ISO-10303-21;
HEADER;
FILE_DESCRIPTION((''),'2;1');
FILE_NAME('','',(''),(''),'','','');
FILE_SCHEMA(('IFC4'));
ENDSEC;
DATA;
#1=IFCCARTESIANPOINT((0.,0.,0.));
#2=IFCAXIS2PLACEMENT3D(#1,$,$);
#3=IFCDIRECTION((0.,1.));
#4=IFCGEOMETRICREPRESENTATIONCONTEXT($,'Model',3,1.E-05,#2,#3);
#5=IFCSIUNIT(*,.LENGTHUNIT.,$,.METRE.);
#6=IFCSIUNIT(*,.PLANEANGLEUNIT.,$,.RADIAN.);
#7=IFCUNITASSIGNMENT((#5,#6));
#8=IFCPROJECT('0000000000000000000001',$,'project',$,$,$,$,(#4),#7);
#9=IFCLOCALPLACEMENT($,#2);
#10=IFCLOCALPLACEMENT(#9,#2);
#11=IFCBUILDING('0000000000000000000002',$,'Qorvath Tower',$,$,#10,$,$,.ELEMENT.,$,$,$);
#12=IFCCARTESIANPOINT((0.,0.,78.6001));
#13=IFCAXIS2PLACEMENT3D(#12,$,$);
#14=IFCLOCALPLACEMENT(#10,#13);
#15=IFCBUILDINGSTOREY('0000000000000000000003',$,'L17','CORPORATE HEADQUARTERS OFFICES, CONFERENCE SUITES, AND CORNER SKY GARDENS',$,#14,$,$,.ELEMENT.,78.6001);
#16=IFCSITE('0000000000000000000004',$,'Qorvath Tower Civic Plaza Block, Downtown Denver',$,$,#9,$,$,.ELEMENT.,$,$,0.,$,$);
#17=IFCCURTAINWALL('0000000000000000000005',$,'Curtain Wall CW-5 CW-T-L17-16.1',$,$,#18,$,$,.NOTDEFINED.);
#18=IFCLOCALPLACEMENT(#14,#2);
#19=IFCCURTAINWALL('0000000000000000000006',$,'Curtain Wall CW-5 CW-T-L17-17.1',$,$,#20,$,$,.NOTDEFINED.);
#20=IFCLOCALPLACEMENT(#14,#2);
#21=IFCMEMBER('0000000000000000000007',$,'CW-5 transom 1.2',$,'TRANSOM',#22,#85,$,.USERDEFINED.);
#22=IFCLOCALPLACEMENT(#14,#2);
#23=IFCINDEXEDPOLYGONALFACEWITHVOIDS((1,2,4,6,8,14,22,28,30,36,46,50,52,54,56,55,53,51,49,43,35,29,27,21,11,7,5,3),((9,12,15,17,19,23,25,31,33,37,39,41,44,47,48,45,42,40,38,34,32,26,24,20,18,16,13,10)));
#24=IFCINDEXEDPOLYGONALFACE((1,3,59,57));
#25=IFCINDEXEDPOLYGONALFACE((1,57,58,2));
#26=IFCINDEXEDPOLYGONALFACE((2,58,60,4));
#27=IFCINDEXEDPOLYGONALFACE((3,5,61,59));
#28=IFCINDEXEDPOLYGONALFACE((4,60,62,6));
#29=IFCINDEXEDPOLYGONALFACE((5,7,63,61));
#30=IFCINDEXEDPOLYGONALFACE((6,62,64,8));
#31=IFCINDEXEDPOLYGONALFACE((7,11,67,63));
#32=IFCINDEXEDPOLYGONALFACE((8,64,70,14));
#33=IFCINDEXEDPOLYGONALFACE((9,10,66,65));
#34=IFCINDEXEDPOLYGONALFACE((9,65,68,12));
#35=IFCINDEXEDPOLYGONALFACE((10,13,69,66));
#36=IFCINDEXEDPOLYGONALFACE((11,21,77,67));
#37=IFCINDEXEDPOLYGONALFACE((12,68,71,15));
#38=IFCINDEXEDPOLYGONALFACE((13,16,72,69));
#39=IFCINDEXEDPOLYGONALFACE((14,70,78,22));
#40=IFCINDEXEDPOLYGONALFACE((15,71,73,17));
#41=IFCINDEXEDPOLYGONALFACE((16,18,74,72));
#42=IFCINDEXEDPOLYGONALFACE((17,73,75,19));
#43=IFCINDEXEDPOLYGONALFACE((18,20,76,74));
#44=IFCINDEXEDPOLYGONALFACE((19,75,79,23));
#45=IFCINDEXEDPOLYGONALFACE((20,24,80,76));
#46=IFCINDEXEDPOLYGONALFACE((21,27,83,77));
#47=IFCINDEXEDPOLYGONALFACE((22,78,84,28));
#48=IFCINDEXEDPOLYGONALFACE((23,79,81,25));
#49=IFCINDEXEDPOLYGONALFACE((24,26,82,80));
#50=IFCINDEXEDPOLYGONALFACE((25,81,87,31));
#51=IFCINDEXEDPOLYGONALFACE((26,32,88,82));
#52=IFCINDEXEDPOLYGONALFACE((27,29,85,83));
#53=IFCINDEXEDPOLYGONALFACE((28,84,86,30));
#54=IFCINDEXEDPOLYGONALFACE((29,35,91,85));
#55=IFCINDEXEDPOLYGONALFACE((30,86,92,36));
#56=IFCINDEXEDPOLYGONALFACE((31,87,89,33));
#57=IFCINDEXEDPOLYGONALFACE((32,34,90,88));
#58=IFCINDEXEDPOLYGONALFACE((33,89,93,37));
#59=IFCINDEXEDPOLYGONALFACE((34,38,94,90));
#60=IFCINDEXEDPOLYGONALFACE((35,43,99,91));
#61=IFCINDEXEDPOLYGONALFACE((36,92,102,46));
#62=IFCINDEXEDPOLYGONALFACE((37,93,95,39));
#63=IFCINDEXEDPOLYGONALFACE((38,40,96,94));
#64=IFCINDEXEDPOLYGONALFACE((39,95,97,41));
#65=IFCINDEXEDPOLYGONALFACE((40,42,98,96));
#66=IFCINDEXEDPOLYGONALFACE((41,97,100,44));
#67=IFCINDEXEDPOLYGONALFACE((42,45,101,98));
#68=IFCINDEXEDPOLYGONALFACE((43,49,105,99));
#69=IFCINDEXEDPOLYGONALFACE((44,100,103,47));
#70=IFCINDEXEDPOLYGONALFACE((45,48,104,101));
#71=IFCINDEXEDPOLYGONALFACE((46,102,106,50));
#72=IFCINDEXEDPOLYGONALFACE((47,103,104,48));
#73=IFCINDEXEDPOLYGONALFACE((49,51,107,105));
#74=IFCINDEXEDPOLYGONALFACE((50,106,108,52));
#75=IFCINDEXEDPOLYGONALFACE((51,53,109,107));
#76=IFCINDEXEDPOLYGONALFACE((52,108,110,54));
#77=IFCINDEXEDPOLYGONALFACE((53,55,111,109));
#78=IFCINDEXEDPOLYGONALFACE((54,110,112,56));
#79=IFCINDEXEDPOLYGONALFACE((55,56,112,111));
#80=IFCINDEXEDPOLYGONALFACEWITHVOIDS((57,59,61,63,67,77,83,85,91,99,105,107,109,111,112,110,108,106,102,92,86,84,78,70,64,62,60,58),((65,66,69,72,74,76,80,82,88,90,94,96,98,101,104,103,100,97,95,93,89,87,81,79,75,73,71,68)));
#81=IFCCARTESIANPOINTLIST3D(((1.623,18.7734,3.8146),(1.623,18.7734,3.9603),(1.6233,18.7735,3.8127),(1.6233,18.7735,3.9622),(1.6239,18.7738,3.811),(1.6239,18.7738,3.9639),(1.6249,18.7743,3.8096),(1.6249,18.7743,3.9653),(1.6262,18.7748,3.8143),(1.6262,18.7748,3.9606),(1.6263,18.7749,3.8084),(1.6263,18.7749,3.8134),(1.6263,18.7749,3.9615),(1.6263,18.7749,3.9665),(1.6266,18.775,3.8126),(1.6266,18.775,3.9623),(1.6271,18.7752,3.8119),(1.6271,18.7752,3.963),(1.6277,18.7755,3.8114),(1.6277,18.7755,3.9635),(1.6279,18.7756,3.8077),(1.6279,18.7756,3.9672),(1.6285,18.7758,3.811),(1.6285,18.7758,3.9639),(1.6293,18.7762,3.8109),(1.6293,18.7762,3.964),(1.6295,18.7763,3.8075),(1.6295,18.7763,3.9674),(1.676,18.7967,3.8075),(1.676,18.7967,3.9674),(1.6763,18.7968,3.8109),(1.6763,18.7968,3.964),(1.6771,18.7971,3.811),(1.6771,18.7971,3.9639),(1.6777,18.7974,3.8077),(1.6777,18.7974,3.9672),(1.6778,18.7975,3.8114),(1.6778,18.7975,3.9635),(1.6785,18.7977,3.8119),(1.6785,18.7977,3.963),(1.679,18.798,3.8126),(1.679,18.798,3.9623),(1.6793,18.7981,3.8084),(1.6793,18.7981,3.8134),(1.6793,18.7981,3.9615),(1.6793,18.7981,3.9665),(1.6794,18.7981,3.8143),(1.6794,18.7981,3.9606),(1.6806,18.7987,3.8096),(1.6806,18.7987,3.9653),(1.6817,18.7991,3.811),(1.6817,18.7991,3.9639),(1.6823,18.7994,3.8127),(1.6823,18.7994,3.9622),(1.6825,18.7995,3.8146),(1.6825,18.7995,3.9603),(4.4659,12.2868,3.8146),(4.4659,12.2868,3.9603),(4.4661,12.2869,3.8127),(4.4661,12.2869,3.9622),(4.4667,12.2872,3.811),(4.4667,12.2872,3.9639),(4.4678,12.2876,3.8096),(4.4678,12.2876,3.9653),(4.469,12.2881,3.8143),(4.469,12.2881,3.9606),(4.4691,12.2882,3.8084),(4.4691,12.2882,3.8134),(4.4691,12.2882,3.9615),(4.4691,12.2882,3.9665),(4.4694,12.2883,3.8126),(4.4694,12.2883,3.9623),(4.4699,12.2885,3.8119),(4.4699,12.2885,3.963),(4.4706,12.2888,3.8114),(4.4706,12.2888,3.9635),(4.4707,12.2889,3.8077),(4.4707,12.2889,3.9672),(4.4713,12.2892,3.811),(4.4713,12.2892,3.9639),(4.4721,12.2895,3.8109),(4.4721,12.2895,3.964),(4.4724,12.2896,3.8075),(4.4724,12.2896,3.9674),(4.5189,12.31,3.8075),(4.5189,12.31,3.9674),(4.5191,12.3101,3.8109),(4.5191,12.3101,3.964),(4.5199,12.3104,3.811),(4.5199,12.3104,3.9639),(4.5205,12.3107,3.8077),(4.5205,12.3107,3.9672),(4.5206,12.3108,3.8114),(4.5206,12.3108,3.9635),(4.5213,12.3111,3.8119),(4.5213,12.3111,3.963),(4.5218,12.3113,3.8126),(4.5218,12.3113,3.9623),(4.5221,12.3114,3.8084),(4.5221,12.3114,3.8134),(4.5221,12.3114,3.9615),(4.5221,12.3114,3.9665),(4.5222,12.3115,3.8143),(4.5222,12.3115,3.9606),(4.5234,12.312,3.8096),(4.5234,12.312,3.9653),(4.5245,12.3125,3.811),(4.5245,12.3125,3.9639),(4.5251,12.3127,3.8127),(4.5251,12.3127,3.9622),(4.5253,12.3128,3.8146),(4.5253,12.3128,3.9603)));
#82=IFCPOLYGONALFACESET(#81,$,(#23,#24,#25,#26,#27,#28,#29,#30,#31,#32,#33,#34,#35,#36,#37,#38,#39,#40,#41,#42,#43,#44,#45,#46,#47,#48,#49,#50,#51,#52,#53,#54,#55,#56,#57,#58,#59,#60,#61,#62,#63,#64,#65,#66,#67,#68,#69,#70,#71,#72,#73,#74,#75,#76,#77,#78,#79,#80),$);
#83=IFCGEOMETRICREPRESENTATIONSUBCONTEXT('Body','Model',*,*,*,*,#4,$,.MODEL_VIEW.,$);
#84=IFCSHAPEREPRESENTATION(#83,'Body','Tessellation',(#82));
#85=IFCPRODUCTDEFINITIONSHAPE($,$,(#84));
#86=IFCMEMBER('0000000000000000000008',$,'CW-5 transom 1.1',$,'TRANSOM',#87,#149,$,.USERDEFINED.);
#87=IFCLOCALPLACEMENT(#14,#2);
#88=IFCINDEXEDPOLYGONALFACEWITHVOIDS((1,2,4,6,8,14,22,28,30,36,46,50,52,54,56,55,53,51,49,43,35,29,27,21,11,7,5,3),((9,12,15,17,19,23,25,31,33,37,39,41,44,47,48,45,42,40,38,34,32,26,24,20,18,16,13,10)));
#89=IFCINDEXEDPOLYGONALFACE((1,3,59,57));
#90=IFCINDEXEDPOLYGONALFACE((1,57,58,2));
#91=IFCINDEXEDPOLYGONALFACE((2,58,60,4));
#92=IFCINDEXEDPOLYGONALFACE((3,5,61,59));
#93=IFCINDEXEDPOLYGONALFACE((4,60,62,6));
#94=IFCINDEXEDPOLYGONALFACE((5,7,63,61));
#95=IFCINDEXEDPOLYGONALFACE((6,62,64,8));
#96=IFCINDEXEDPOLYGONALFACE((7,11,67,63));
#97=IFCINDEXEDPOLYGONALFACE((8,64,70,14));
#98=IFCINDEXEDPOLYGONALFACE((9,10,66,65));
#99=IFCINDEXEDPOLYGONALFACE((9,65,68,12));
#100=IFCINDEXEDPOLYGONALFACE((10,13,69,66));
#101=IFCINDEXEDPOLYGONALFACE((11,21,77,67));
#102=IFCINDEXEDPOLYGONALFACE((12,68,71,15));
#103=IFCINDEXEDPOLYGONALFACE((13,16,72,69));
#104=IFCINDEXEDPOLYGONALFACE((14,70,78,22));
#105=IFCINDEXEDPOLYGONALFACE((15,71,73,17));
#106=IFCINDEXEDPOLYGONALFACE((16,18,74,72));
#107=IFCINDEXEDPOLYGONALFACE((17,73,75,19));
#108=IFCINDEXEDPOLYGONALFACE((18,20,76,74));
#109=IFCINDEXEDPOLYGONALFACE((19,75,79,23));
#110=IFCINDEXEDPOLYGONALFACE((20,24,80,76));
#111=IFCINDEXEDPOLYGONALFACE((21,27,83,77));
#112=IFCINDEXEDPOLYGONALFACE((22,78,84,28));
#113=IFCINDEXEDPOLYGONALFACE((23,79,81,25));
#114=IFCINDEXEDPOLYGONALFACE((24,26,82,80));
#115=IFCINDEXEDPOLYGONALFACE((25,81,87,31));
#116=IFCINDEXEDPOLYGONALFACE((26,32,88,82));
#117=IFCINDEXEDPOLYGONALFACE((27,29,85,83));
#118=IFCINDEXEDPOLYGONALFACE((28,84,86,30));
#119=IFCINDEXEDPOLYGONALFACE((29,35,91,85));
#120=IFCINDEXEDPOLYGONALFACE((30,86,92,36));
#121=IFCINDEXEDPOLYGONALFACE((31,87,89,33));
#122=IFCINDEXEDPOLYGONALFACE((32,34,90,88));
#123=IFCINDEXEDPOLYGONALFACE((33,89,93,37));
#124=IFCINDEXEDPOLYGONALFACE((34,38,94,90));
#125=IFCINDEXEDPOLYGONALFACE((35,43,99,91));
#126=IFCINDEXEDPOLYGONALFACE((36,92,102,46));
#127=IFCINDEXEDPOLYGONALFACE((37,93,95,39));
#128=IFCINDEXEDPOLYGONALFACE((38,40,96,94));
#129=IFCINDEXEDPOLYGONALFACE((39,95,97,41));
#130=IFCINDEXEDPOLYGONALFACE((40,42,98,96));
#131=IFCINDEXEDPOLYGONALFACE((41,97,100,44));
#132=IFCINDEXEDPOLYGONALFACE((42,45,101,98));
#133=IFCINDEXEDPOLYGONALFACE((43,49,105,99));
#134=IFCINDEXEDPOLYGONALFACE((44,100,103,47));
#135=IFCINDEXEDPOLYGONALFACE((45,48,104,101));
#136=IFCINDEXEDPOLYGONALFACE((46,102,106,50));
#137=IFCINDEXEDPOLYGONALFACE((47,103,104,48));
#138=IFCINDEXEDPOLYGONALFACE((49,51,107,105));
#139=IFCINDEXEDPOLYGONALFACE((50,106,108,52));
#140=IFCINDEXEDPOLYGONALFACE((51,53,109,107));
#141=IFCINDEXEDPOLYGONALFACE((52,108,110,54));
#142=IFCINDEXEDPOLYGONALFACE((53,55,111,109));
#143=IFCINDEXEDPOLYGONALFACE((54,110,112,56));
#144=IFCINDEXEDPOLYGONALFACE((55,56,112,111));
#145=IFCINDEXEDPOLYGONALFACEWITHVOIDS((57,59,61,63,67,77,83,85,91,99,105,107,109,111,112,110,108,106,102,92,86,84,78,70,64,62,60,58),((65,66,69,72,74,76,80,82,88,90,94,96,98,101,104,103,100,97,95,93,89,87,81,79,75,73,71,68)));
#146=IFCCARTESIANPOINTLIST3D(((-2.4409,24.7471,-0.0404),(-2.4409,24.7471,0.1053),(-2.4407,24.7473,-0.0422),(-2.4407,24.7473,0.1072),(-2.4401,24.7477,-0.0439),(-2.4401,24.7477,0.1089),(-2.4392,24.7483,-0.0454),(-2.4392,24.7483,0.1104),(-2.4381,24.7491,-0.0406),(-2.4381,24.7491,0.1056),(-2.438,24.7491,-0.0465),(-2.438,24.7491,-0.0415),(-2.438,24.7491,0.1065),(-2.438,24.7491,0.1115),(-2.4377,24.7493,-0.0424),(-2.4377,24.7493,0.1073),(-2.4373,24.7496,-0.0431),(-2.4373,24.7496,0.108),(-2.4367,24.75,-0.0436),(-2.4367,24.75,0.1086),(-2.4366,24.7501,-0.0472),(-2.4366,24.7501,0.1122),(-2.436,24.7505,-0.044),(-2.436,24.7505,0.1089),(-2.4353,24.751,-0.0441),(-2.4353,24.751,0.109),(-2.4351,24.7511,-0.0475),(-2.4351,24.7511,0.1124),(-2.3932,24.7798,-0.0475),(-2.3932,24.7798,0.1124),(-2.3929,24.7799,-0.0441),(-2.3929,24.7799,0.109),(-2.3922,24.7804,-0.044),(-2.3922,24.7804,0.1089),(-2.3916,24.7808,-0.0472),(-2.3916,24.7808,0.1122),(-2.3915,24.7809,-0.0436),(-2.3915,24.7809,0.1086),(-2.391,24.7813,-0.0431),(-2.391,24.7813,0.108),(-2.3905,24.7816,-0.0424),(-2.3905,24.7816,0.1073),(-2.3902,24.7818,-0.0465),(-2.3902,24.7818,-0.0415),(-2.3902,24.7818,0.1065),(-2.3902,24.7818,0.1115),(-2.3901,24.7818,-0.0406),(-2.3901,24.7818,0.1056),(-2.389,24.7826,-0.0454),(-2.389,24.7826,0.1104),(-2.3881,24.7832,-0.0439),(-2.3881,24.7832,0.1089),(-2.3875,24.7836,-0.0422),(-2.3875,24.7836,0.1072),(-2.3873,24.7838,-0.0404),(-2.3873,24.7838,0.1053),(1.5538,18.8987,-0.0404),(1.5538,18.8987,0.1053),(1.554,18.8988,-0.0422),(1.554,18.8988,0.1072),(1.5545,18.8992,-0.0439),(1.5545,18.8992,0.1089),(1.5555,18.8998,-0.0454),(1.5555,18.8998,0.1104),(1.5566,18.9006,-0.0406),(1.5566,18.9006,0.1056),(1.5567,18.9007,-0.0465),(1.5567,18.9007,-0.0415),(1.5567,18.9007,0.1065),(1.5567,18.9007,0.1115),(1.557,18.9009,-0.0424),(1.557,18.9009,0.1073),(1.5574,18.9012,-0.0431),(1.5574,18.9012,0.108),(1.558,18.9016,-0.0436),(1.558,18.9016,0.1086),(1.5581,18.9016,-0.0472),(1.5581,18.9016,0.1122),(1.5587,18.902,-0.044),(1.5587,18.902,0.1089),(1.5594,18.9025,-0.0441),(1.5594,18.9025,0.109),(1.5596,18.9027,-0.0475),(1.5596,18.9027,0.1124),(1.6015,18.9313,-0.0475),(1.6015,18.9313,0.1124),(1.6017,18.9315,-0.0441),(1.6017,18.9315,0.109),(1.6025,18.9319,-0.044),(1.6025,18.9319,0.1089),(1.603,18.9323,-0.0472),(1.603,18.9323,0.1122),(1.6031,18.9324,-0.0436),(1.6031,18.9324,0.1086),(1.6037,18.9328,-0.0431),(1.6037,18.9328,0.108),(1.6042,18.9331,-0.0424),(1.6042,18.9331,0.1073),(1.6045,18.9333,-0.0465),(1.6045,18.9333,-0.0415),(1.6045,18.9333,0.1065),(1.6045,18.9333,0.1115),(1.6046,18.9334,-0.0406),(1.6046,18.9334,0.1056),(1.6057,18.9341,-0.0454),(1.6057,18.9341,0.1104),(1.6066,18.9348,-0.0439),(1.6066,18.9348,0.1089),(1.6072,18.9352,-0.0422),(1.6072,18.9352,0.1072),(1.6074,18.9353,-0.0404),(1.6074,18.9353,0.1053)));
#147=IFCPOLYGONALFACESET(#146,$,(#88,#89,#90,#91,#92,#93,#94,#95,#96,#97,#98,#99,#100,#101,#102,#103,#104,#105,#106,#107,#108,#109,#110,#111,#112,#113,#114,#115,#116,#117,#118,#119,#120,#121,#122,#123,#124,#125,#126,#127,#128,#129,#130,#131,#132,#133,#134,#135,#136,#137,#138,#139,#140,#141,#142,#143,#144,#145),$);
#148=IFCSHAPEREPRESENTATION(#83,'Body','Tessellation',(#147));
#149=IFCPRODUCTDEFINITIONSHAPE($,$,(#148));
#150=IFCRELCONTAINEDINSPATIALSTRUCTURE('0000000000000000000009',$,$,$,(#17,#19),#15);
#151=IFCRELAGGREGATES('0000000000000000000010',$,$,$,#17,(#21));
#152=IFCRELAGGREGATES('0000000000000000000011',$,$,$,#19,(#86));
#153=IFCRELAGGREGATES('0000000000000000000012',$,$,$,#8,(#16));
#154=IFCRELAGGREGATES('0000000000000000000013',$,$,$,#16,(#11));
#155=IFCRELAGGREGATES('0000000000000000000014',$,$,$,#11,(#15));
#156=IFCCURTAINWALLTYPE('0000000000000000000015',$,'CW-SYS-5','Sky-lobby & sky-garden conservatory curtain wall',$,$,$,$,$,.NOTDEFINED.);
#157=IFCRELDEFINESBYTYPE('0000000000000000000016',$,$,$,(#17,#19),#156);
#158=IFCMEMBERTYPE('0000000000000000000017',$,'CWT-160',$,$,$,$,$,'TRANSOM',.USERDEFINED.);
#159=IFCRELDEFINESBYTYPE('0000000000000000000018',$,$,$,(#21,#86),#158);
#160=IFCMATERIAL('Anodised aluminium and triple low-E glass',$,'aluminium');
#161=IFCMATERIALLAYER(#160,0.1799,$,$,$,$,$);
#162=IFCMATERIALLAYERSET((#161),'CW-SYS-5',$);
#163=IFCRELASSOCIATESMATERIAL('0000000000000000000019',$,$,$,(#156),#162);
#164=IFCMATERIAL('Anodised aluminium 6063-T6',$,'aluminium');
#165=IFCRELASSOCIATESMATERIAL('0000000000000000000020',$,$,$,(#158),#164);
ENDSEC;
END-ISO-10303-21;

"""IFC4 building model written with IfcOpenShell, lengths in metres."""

from ifc_helpers import new_model, si_unit, direction, frame, origin, origin_2d, place, context, subcontext, project, spatial, hollow_rectangle, extrude, material, layer, layer_set, material_profile, profile_set, type_object, element, aggregate, save


model = new_model("IFC4")

# Units and contexts
model_context = context("Model", 3, precision=1e-05, world=origin(), true_north=direction((0.0, 1.0)))
body_context = subcontext(model_context, "Body", "Model", "MODEL_VIEW")
ifc_project = project(units=[si_unit("LENGTHUNIT", "METRE"), si_unit("PLANEANGLEUNIT", "RADIAN")], contexts=[model_context])

# Site, building, storey
site_placement = place(None, origin())
site = spatial("IfcSite", under=ifc_project, at=site_placement, Name="Qorvath Tower Civic Plaza Block, Downtown Denver", CompositionType="ELEMENT", RefElevation=0.0)
building_placement = place(site_placement, origin())
building = spatial("IfcBuilding", under=site, at=building_placement, Name="Qorvath Tower", CompositionType="ELEMENT")
storey_placement = place(building_placement, frame((0.0, 0.0, 78.6001)))
storey = spatial("IfcBuildingStorey", under=building, at=storey_placement, Name="L17", Description="CORPORATE HEADQUARTERS OFFICES, CONFERENCE SUITES, AND CORNER SKY GARDENS", CompositionType="ELEMENT", Elevation=78.6001)

# Shared definitions
ifc_material_1 = material(Name="Anodised aluminium and triple low-E glass", Category="aluminium")
ifc_layer_1 = layer(ifc_material_1, 0.1799)
ifc_layer_set_1 = layer_set([ifc_layer_1], Name="CW-SYS-5")
curtain_wall_type = type_object("IfcCurtainWallType", Name="CW-SYS-5", Description="Sky-lobby & sky-garden conservatory curtain wall", PredefinedType="NOTDEFINED", material=ifc_layer_set_1)

# Curtain walls
curtain_wall_1_placement = place(storey_placement, origin())
curtain_wall_1 = element("IfcCurtainWall", 1, at=curtain_wall_1_placement, inside=storey, type_object=curtain_wall_type, Name="Curtain Wall CW-5 CW-T-L17-16.1", PredefinedType="NOTDEFINED")
curtain_wall_2_placement = place(storey_placement, origin())
curtain_wall_2 = element("IfcCurtainWall", 2, at=curtain_wall_2_placement, inside=storey, type_object=curtain_wall_type, Name="Curtain Wall CW-5 CW-T-L17-17.1", PredefinedType="NOTDEFINED")

# Members
ifc_material_2 = material(Name="Anodised aluminium 6063-T6", Category="aluminium")
ifc_material_profile_1 = material_profile(ifc_material_2, hollow_rectangle(XDim=0.0649, YDim=0.1599, WallThickness=0.0034, InnerFilletRadius=0.0034, OuterFilletRadius=0.0071, at=origin_2d()), Name="CWT 160x65")
ifc_profile_set_1 = profile_set([ifc_material_profile_1], Name="Anodised aluminium 6063-T6")
member_type_1 = type_object("IfcMemberType", Name="CWT-160", ElementType="TRANSOM", PredefinedType="USERDEFINED", material=ifc_profile_set_1)
member_1_placement = place(storey_placement, frame((4.4956, 12.2998, 3.8875), z_axis=(-0.401399, 0.915903, 0.0), x_axis=(-0.915903, -0.401399, 0.0)))
member_1 = element("IfcMember", 3, at=member_1_placement, type_object=member_type_1, Name="CW-5 transom 1.2", ObjectType="TRANSOM", PredefinedType="USERDEFINED", context=body_context, shape_type="SweptSolid", body=[
    extrude(hollow_rectangle(XDim=0.0649, YDim=0.1599, WallThickness=0.0034, InnerFilletRadius=0.0034, OuterFilletRadius=0.0071, at=origin_2d()), origin(), (0.0, 0.0, 1.0), 7.0823),
])
member_2_placement = place(storey_placement, frame((1.5806, 18.917, 0.0325), z_axis=(-0.56402, 0.825761, 0.0), x_axis=(-0.825761, -0.56402, 0.0)))
member_2 = element("IfcMember", 4, at=member_2_placement, type_object=member_type_1, Name="CW-5 transom 1.1", ObjectType="TRANSOM", PredefinedType="USERDEFINED", context=body_context, shape_type="SweptSolid", body=[
    extrude(hollow_rectangle(XDim=0.0649, YDim=0.1599, WallThickness=0.0034, InnerFilletRadius=0.0034, OuterFilletRadius=0.0071, at=origin_2d()), origin(), (0.0, 0.0, 1.0), 7.0825),
])

aggregate(curtain_wall_1, [member_1])
aggregate(curtain_wall_2, [member_2])

save(model, "model.ifc")
